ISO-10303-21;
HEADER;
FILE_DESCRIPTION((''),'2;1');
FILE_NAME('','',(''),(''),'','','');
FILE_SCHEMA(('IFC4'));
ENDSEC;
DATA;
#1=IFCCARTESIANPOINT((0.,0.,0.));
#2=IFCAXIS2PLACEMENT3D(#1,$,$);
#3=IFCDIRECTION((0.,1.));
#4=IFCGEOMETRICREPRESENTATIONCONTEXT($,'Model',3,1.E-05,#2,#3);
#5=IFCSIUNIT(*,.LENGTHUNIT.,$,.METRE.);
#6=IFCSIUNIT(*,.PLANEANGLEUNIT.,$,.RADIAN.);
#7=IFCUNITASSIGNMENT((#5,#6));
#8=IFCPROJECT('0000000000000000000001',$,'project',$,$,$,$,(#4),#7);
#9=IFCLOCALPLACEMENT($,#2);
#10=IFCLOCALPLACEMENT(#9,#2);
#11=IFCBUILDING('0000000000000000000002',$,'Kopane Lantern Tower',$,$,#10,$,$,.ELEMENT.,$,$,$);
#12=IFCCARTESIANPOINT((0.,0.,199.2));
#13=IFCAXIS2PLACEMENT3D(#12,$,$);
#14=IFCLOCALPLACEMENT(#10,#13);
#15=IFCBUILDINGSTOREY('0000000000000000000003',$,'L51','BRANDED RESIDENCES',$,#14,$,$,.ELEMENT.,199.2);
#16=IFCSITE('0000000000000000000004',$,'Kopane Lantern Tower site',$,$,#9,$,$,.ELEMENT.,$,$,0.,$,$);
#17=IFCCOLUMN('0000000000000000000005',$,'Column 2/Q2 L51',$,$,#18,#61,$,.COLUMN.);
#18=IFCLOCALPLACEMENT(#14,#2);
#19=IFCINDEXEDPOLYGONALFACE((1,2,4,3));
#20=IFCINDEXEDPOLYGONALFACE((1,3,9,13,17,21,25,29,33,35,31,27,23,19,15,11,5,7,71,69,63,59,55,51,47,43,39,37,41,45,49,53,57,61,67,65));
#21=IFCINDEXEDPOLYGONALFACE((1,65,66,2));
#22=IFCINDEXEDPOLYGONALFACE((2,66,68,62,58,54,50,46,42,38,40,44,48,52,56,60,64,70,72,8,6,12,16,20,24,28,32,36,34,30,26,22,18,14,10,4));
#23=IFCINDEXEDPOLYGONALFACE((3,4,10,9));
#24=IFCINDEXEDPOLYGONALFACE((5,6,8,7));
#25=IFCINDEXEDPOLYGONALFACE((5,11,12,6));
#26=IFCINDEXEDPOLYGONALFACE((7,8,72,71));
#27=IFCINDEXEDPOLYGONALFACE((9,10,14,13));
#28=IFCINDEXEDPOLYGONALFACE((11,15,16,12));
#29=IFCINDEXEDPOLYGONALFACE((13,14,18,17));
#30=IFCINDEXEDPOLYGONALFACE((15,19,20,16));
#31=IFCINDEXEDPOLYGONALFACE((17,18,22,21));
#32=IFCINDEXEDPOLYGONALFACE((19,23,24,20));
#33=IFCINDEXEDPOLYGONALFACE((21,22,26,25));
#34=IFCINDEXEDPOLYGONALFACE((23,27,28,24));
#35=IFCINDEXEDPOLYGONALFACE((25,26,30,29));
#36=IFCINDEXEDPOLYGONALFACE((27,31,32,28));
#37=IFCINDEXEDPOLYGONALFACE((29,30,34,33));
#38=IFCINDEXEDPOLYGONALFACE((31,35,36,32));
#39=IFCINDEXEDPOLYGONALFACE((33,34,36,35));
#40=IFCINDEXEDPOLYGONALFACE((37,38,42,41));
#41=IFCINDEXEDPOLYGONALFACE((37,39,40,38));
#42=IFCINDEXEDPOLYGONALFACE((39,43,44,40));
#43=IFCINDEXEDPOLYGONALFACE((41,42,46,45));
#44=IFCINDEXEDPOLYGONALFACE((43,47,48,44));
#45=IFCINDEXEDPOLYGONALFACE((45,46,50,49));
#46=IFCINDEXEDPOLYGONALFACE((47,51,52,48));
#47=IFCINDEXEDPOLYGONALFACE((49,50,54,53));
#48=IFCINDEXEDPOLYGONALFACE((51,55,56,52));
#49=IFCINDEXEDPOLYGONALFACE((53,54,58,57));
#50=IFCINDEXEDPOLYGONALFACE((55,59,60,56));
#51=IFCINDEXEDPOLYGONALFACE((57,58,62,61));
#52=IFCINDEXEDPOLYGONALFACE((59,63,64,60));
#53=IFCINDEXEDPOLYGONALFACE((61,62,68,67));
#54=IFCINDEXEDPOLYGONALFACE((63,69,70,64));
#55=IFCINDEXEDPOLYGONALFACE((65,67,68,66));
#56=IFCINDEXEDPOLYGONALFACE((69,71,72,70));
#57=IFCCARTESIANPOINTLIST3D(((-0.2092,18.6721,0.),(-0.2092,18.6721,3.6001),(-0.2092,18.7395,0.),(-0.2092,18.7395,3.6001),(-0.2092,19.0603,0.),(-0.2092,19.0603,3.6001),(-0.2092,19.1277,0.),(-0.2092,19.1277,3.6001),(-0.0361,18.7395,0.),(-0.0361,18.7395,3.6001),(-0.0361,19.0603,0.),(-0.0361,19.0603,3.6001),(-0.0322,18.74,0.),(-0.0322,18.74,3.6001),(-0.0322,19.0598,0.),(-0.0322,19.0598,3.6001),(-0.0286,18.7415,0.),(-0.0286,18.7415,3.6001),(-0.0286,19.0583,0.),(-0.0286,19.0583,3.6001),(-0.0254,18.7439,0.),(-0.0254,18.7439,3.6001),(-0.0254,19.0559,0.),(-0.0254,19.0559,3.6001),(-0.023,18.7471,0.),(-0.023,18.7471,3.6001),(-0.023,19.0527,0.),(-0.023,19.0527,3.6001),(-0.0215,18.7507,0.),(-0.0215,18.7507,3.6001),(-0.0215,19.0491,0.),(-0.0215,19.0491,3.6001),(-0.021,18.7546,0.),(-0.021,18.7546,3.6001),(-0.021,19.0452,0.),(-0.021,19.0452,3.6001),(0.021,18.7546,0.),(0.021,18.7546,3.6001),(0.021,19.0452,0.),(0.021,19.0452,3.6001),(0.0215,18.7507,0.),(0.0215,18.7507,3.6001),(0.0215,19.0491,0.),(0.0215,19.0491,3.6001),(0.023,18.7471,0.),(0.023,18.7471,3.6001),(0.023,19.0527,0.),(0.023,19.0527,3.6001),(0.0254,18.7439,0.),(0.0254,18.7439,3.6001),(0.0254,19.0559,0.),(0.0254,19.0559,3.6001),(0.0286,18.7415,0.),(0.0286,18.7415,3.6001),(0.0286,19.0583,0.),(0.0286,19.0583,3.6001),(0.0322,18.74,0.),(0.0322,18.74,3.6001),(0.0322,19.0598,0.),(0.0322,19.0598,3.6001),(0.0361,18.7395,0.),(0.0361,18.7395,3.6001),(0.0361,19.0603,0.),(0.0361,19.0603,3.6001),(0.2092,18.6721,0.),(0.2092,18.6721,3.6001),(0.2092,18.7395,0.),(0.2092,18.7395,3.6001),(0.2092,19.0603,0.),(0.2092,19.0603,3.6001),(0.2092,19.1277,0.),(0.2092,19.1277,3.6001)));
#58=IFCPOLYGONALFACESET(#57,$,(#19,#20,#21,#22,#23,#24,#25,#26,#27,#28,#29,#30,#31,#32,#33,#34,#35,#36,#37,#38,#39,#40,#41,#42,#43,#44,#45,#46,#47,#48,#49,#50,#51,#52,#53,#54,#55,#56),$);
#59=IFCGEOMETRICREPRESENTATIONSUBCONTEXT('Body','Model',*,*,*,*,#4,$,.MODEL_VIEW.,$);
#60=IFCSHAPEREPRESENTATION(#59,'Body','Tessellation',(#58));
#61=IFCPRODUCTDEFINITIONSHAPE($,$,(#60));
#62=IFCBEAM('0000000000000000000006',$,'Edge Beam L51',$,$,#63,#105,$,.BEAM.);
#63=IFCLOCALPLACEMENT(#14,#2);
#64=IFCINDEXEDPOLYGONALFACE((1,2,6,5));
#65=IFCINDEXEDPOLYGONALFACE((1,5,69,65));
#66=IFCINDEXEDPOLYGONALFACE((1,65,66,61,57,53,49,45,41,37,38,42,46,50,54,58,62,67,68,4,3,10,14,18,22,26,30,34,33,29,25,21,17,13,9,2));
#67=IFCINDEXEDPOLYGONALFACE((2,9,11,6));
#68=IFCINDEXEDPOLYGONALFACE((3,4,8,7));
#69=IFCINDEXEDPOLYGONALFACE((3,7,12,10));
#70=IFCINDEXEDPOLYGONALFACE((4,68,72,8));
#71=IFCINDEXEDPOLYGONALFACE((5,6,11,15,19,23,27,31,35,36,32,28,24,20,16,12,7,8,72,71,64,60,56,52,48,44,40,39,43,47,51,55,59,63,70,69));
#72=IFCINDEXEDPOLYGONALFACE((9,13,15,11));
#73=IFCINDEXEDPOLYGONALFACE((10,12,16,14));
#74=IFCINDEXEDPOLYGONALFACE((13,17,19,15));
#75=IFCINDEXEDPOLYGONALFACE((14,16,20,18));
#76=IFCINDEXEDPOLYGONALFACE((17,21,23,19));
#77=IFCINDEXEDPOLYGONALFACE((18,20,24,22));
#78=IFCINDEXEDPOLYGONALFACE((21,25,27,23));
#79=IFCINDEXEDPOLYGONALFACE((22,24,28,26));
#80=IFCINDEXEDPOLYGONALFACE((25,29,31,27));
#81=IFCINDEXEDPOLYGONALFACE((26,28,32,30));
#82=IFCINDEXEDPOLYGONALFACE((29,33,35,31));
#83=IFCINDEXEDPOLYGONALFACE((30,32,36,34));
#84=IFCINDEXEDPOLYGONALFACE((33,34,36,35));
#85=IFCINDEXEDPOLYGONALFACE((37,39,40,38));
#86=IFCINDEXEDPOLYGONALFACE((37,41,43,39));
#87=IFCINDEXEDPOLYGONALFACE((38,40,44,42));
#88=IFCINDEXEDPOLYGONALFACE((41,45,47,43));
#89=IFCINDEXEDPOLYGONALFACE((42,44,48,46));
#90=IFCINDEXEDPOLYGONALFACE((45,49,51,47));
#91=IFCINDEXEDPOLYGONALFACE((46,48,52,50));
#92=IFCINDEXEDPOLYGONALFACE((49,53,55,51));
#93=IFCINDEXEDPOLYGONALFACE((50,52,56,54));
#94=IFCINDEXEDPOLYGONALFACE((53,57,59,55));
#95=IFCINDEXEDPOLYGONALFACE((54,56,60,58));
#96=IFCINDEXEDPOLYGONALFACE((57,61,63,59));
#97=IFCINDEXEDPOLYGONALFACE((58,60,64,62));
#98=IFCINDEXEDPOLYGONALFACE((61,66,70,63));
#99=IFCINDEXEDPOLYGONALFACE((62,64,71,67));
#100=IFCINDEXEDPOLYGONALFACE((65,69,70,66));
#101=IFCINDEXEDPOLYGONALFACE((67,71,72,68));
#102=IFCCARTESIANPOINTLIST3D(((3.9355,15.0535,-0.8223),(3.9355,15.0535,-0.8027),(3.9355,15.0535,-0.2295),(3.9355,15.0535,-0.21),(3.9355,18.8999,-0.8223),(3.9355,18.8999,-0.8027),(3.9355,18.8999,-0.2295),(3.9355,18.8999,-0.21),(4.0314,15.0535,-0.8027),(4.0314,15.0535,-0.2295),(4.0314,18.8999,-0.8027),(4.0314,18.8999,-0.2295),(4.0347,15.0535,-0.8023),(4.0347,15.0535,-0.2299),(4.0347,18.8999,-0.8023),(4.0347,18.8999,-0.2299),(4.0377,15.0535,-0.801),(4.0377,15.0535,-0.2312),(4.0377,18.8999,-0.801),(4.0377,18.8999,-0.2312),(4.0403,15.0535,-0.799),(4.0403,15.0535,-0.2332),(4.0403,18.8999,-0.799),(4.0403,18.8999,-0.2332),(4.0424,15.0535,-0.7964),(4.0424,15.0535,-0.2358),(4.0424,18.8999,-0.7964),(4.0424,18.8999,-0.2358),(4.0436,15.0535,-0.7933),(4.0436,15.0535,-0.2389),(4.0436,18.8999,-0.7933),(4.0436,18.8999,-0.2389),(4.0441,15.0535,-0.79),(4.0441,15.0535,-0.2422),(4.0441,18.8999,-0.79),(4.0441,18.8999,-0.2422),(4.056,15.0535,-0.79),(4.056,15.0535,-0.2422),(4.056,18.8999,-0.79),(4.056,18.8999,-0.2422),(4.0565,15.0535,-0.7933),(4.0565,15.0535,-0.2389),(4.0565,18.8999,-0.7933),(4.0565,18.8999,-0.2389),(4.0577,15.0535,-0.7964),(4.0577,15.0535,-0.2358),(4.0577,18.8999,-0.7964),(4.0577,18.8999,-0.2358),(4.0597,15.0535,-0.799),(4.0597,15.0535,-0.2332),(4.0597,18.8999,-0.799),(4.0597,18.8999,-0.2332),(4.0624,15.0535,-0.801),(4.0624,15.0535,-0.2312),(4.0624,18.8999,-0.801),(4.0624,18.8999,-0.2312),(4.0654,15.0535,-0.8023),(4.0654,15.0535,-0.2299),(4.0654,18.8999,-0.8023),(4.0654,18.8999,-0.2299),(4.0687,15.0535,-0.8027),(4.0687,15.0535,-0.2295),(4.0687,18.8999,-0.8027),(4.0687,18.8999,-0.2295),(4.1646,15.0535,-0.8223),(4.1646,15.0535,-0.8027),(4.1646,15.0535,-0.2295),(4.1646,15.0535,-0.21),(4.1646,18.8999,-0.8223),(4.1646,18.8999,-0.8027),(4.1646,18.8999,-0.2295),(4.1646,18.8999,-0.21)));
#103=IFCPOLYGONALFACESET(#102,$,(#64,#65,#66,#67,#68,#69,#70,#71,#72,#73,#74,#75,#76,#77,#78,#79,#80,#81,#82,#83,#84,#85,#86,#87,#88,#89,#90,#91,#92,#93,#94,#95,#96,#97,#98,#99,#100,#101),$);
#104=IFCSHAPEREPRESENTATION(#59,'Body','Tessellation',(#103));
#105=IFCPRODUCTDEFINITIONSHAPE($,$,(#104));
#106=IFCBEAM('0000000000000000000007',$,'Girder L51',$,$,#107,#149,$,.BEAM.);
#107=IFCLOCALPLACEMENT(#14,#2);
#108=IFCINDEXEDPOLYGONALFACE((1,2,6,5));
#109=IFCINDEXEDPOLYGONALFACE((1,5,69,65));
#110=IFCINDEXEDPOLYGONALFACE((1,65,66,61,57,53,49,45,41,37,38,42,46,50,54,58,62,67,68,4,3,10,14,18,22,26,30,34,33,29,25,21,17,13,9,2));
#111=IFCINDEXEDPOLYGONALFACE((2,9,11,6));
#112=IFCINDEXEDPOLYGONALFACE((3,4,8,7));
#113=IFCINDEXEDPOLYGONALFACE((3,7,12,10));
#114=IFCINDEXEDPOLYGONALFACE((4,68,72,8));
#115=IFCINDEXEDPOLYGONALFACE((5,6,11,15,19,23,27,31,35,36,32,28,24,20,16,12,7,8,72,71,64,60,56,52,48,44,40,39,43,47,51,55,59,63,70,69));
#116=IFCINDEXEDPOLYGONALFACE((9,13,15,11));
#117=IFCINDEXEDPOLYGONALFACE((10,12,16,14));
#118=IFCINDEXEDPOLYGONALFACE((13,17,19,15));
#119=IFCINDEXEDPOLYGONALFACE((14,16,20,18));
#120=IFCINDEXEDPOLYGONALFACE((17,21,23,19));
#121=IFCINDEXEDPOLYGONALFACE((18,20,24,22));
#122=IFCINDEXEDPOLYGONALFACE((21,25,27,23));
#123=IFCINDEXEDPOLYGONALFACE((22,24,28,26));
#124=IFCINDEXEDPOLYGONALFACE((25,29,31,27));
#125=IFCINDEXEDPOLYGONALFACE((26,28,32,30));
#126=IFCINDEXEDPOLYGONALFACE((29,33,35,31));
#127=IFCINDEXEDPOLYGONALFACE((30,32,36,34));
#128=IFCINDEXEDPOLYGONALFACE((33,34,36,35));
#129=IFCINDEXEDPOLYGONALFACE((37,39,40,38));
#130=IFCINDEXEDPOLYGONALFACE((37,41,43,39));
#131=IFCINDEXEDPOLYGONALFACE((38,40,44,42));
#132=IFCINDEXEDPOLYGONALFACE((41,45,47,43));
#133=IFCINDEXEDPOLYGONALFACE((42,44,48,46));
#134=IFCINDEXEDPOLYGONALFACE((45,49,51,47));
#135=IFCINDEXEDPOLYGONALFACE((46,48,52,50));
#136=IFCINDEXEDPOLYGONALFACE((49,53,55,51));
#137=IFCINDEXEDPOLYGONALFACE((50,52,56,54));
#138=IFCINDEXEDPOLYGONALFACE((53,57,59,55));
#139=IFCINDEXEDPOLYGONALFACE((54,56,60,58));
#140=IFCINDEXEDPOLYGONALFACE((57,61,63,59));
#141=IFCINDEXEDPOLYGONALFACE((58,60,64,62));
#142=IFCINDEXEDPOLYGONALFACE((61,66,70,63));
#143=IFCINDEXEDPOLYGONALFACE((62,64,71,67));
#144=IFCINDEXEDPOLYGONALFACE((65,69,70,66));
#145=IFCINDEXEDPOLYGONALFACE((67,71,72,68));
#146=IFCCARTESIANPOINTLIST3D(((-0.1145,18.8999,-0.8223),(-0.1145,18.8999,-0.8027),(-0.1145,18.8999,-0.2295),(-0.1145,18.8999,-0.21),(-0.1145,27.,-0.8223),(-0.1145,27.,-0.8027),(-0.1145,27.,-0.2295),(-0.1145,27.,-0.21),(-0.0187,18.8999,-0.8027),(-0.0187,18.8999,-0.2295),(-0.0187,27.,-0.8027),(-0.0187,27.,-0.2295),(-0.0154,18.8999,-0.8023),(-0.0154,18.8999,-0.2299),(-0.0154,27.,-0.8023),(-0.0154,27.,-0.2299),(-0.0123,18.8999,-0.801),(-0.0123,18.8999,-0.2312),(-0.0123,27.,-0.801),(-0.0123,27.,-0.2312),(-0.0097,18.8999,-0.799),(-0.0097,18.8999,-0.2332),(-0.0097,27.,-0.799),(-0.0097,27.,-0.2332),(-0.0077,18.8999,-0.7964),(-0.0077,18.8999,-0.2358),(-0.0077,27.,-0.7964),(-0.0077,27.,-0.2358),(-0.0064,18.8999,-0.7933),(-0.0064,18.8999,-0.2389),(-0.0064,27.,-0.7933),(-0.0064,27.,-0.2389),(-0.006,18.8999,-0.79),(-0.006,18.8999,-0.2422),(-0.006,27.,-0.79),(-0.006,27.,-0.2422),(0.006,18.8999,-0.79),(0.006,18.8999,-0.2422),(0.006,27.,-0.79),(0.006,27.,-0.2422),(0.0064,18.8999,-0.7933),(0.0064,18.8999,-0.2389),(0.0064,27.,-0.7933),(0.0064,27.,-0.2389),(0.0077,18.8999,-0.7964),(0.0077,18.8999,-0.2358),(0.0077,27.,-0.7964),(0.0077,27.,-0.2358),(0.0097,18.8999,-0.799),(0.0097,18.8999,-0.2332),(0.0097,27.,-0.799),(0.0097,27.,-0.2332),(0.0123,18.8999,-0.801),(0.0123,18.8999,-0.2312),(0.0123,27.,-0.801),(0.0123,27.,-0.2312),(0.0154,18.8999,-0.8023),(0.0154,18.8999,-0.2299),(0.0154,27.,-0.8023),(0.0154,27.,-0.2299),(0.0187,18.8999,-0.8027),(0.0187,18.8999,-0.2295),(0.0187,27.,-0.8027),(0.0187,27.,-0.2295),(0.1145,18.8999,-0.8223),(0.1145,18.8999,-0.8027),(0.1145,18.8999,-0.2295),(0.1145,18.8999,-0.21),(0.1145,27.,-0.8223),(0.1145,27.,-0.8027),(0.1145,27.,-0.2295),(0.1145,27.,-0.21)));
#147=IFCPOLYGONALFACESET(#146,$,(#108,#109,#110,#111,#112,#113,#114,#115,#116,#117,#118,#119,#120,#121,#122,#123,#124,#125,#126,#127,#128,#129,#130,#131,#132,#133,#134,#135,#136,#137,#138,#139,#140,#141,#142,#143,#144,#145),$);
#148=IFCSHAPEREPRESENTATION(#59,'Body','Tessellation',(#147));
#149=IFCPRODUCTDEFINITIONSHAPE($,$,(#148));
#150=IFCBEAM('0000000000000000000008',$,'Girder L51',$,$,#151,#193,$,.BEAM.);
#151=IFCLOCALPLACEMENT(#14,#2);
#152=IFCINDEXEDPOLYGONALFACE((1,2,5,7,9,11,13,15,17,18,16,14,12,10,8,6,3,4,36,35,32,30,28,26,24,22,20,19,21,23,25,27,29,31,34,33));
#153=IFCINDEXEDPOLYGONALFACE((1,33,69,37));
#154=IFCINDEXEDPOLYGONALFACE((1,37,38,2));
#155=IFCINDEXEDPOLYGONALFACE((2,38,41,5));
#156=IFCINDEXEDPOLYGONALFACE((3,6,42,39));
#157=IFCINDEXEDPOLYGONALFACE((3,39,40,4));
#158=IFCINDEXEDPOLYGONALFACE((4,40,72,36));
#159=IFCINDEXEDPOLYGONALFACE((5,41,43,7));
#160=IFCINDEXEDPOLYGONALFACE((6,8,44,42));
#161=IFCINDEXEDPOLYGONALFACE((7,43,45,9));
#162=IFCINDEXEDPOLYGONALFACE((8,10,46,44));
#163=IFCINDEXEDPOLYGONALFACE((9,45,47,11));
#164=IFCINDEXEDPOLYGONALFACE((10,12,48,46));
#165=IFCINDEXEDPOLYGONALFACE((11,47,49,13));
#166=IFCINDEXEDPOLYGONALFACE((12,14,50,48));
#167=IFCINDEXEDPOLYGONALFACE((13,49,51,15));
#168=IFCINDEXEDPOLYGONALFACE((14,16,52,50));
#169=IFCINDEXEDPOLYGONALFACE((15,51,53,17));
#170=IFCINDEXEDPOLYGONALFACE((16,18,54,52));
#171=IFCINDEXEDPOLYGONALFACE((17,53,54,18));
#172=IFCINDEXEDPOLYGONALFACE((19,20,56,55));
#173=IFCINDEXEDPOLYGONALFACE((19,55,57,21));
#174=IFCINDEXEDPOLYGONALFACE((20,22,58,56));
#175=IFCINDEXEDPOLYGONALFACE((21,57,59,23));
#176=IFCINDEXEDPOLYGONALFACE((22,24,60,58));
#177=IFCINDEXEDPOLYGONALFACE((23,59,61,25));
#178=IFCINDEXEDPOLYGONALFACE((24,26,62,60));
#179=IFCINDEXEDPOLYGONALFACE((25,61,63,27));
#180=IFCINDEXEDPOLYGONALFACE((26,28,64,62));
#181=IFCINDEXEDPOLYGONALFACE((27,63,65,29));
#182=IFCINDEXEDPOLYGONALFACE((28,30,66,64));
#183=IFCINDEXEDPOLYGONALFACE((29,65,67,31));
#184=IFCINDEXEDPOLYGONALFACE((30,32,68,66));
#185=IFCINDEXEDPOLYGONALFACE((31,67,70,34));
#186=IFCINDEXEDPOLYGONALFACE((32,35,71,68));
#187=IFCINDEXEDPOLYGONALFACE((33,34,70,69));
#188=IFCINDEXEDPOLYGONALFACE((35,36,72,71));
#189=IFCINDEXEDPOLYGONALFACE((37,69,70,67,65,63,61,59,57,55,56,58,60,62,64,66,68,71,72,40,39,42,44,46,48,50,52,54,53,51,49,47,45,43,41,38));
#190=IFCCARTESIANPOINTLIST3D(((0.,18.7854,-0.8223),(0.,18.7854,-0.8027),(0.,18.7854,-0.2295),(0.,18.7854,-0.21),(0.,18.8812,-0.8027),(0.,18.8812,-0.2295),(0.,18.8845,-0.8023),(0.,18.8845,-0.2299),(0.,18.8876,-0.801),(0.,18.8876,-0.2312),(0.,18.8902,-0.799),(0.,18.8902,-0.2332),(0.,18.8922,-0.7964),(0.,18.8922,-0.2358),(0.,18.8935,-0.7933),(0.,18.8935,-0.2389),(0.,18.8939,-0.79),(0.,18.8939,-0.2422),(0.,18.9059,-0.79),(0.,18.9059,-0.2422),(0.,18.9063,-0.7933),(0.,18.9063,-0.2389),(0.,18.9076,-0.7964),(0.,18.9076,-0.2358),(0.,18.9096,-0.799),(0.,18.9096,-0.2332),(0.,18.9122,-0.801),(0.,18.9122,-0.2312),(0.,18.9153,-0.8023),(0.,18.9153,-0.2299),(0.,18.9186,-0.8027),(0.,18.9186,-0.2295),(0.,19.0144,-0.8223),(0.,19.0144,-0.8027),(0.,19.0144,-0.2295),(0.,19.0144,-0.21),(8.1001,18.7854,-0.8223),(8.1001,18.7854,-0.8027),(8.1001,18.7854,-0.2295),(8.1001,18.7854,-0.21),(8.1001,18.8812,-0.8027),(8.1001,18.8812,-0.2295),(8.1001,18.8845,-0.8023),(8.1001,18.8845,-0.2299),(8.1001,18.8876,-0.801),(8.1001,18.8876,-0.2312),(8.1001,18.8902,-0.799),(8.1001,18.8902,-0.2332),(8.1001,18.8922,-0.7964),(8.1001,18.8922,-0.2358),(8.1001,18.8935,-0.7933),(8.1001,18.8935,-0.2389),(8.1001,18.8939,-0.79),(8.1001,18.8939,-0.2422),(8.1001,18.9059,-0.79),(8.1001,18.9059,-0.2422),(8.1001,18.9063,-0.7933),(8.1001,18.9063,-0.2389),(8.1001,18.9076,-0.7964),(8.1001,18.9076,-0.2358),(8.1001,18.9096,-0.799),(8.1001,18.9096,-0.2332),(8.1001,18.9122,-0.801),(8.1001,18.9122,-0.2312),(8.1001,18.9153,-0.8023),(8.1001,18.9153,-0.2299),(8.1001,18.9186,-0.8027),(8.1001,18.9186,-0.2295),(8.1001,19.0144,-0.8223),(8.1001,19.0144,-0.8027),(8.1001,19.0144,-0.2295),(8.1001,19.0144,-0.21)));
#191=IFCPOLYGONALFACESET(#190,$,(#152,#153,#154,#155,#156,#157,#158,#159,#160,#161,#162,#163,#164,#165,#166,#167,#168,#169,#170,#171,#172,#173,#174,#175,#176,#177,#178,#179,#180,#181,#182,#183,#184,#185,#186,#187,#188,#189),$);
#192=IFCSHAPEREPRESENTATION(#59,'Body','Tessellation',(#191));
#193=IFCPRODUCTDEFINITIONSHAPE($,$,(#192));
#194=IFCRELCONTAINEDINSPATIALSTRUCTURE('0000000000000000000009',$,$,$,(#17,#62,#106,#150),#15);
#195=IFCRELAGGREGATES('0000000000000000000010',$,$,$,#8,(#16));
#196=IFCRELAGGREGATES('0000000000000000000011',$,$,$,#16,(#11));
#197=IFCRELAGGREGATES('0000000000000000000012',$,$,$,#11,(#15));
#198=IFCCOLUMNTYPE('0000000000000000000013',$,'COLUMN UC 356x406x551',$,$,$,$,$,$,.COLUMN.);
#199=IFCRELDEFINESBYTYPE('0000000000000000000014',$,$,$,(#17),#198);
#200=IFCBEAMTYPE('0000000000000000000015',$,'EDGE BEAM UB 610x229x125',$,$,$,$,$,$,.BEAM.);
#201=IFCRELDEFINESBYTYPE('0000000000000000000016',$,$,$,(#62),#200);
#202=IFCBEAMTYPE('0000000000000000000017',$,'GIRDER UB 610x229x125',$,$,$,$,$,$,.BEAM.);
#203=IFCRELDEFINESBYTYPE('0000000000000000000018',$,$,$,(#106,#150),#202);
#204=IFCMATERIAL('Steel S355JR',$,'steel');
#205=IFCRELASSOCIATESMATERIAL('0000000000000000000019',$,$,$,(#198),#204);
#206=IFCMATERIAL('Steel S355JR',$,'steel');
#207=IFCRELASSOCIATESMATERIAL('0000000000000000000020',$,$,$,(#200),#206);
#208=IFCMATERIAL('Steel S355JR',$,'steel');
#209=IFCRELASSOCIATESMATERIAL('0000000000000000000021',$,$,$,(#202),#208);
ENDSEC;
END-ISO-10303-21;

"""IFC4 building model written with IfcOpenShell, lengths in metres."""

from ifc_helpers import new_model, si_unit, direction, frame, origin, origin_2d, place, context, subcontext, project, spatial, i_section, extrude, material, material_profile, profile_set, type_object, element, save


model = new_model("IFC4")

# Units and contexts
model_context = context("Model", 3, precision=1e-05, world=origin(), true_north=direction((0.0, 1.0)))
body_context = subcontext(model_context, "Body", "Model", "MODEL_VIEW")
ifc_project = project(units=[si_unit("LENGTHUNIT", "METRE"), si_unit("PLANEANGLEUNIT", "RADIAN")], contexts=[model_context])

# Site, building, storey
site_placement = place(None, origin())
site = spatial("IfcSite", under=ifc_project, at=site_placement, Name="Kopane Lantern Tower site", CompositionType="ELEMENT", RefElevation=0.0)
building_placement = place(site_placement, origin())
building = spatial("IfcBuilding", under=site, at=building_placement, Name="Kopane Lantern Tower", CompositionType="ELEMENT")
storey_placement = place(building_placement, frame((0.0, 0.0, 199.2)))
storey = spatial("IfcBuildingStorey", under=building, at=storey_placement, Name="L51", Description="BRANDED RESIDENCES", CompositionType="ELEMENT", Elevation=199.2)

# Column
ifc_material_1 = material(Name="Steel S355JR", Category="steel")
ifc_material_profile_1 = material_profile(ifc_material_1, i_section(OverallWidth=0.4185, OverallDepth=0.4556, WebThickness=0.042, FlangeThickness=0.0674, FilletRadius=0.0151, at=origin_2d()), Name="UC 356x406x551")
ifc_profile_set_1 = profile_set([ifc_material_profile_1], Name="Steel S355JR")
column_type = type_object("IfcColumnType", Name="COLUMN UC 356x406x551", PredefinedType="COLUMN", material=ifc_profile_set_1)
column_placement = place(storey_placement, frame((0.0, 18.8999, 0.0), z_axis=(0.0, 0.0, 1.0), x_axis=(1.0, 0.0, 0.0)))
element("IfcColumn", 1, at=column_placement, inside=storey, type_object=column_type, Name="Column 2/Q2 L51", PredefinedType="COLUMN", context=body_context, shape_type="SweptSolid", body=[
    extrude(i_section(OverallWidth=0.4185, OverallDepth=0.4556, WebThickness=0.042, FlangeThickness=0.0674, FilletRadius=0.0151, at=origin_2d()), origin(), (0.0, 0.0, 1.0), 3.6001),
])

# Beams
ifc_material_2 = material(Name="Steel S355JR", Category="steel")
ifc_material_profile_2 = material_profile(ifc_material_2, i_section(OverallWidth=0.229, OverallDepth=0.6123, WebThickness=0.012, FlangeThickness=0.0195, FilletRadius=0.0127, at=origin_2d()), Name="UB 610x229x125")
ifc_profile_set_2 = profile_set([ifc_material_profile_2], Name="Steel S355JR")
beam_type_1 = type_object("IfcBeamType", Name="EDGE BEAM UB 610x229x125", PredefinedType="BEAM", material=ifc_profile_set_2)
beam_placement = place(storey_placement, frame((4.05, 15.0535, -0.5161), z_axis=(0.0, 1.0, 0.0), x_axis=(-1.0, 0.0, 0.0)))
element("IfcBeam", 2, at=beam_placement, inside=storey, type_object=beam_type_1, Name="Edge Beam L51", PredefinedType="BEAM", context=body_context, shape_type="SweptSolid", body=[
    extrude(i_section(OverallWidth=0.229, OverallDepth=0.6123, WebThickness=0.012, FlangeThickness=0.0195, FilletRadius=0.0127, at=origin_2d()), origin(), (0.0, 0.0, 1.0), 3.8464),
])
ifc_material_3 = material(Name="Steel S355JR", Category="steel")
ifc_material_profile_3 = material_profile(ifc_material_3, i_section(OverallWidth=0.229, OverallDepth=0.6123, WebThickness=0.012, FlangeThickness=0.0195, FilletRadius=0.0127, at=origin_2d()), Name="UB 610x229x125")
ifc_profile_set_3 = profile_set([ifc_material_profile_3], Name="Steel S355JR")
beam_type_2 = type_object("IfcBeamType", Name="GIRDER UB 610x229x125", PredefinedType="BEAM", material=ifc_profile_set_3)
for number, where, z_axis, x_axis, name in (
    (3, (0.0, 18.8999, -0.5161), (0.0, 1.0, 0.0), (-1.0, 0.0, 0.0), "Girder L51"),
    (4, (0.0, 18.8999, -0.5161), (1.0, 0.0, 0.0), (0.0, 1.0, 0.0), "Girder L51"),
):
    element("IfcBeam", number, at=place(storey_placement, frame(where, z_axis=z_axis, x_axis=x_axis)), inside=storey, type_object=beam_type_2, Name=name, PredefinedType="BEAM", context=body_context, shape_type="SweptSolid", body=[
        extrude(i_section(OverallWidth=0.229, OverallDepth=0.6123, WebThickness=0.012, FlangeThickness=0.0195, FilletRadius=0.0127, at=origin_2d()), origin(), (0.0, 0.0, 1.0), 8.1001),
    ])

save(model, "model.ifc")
